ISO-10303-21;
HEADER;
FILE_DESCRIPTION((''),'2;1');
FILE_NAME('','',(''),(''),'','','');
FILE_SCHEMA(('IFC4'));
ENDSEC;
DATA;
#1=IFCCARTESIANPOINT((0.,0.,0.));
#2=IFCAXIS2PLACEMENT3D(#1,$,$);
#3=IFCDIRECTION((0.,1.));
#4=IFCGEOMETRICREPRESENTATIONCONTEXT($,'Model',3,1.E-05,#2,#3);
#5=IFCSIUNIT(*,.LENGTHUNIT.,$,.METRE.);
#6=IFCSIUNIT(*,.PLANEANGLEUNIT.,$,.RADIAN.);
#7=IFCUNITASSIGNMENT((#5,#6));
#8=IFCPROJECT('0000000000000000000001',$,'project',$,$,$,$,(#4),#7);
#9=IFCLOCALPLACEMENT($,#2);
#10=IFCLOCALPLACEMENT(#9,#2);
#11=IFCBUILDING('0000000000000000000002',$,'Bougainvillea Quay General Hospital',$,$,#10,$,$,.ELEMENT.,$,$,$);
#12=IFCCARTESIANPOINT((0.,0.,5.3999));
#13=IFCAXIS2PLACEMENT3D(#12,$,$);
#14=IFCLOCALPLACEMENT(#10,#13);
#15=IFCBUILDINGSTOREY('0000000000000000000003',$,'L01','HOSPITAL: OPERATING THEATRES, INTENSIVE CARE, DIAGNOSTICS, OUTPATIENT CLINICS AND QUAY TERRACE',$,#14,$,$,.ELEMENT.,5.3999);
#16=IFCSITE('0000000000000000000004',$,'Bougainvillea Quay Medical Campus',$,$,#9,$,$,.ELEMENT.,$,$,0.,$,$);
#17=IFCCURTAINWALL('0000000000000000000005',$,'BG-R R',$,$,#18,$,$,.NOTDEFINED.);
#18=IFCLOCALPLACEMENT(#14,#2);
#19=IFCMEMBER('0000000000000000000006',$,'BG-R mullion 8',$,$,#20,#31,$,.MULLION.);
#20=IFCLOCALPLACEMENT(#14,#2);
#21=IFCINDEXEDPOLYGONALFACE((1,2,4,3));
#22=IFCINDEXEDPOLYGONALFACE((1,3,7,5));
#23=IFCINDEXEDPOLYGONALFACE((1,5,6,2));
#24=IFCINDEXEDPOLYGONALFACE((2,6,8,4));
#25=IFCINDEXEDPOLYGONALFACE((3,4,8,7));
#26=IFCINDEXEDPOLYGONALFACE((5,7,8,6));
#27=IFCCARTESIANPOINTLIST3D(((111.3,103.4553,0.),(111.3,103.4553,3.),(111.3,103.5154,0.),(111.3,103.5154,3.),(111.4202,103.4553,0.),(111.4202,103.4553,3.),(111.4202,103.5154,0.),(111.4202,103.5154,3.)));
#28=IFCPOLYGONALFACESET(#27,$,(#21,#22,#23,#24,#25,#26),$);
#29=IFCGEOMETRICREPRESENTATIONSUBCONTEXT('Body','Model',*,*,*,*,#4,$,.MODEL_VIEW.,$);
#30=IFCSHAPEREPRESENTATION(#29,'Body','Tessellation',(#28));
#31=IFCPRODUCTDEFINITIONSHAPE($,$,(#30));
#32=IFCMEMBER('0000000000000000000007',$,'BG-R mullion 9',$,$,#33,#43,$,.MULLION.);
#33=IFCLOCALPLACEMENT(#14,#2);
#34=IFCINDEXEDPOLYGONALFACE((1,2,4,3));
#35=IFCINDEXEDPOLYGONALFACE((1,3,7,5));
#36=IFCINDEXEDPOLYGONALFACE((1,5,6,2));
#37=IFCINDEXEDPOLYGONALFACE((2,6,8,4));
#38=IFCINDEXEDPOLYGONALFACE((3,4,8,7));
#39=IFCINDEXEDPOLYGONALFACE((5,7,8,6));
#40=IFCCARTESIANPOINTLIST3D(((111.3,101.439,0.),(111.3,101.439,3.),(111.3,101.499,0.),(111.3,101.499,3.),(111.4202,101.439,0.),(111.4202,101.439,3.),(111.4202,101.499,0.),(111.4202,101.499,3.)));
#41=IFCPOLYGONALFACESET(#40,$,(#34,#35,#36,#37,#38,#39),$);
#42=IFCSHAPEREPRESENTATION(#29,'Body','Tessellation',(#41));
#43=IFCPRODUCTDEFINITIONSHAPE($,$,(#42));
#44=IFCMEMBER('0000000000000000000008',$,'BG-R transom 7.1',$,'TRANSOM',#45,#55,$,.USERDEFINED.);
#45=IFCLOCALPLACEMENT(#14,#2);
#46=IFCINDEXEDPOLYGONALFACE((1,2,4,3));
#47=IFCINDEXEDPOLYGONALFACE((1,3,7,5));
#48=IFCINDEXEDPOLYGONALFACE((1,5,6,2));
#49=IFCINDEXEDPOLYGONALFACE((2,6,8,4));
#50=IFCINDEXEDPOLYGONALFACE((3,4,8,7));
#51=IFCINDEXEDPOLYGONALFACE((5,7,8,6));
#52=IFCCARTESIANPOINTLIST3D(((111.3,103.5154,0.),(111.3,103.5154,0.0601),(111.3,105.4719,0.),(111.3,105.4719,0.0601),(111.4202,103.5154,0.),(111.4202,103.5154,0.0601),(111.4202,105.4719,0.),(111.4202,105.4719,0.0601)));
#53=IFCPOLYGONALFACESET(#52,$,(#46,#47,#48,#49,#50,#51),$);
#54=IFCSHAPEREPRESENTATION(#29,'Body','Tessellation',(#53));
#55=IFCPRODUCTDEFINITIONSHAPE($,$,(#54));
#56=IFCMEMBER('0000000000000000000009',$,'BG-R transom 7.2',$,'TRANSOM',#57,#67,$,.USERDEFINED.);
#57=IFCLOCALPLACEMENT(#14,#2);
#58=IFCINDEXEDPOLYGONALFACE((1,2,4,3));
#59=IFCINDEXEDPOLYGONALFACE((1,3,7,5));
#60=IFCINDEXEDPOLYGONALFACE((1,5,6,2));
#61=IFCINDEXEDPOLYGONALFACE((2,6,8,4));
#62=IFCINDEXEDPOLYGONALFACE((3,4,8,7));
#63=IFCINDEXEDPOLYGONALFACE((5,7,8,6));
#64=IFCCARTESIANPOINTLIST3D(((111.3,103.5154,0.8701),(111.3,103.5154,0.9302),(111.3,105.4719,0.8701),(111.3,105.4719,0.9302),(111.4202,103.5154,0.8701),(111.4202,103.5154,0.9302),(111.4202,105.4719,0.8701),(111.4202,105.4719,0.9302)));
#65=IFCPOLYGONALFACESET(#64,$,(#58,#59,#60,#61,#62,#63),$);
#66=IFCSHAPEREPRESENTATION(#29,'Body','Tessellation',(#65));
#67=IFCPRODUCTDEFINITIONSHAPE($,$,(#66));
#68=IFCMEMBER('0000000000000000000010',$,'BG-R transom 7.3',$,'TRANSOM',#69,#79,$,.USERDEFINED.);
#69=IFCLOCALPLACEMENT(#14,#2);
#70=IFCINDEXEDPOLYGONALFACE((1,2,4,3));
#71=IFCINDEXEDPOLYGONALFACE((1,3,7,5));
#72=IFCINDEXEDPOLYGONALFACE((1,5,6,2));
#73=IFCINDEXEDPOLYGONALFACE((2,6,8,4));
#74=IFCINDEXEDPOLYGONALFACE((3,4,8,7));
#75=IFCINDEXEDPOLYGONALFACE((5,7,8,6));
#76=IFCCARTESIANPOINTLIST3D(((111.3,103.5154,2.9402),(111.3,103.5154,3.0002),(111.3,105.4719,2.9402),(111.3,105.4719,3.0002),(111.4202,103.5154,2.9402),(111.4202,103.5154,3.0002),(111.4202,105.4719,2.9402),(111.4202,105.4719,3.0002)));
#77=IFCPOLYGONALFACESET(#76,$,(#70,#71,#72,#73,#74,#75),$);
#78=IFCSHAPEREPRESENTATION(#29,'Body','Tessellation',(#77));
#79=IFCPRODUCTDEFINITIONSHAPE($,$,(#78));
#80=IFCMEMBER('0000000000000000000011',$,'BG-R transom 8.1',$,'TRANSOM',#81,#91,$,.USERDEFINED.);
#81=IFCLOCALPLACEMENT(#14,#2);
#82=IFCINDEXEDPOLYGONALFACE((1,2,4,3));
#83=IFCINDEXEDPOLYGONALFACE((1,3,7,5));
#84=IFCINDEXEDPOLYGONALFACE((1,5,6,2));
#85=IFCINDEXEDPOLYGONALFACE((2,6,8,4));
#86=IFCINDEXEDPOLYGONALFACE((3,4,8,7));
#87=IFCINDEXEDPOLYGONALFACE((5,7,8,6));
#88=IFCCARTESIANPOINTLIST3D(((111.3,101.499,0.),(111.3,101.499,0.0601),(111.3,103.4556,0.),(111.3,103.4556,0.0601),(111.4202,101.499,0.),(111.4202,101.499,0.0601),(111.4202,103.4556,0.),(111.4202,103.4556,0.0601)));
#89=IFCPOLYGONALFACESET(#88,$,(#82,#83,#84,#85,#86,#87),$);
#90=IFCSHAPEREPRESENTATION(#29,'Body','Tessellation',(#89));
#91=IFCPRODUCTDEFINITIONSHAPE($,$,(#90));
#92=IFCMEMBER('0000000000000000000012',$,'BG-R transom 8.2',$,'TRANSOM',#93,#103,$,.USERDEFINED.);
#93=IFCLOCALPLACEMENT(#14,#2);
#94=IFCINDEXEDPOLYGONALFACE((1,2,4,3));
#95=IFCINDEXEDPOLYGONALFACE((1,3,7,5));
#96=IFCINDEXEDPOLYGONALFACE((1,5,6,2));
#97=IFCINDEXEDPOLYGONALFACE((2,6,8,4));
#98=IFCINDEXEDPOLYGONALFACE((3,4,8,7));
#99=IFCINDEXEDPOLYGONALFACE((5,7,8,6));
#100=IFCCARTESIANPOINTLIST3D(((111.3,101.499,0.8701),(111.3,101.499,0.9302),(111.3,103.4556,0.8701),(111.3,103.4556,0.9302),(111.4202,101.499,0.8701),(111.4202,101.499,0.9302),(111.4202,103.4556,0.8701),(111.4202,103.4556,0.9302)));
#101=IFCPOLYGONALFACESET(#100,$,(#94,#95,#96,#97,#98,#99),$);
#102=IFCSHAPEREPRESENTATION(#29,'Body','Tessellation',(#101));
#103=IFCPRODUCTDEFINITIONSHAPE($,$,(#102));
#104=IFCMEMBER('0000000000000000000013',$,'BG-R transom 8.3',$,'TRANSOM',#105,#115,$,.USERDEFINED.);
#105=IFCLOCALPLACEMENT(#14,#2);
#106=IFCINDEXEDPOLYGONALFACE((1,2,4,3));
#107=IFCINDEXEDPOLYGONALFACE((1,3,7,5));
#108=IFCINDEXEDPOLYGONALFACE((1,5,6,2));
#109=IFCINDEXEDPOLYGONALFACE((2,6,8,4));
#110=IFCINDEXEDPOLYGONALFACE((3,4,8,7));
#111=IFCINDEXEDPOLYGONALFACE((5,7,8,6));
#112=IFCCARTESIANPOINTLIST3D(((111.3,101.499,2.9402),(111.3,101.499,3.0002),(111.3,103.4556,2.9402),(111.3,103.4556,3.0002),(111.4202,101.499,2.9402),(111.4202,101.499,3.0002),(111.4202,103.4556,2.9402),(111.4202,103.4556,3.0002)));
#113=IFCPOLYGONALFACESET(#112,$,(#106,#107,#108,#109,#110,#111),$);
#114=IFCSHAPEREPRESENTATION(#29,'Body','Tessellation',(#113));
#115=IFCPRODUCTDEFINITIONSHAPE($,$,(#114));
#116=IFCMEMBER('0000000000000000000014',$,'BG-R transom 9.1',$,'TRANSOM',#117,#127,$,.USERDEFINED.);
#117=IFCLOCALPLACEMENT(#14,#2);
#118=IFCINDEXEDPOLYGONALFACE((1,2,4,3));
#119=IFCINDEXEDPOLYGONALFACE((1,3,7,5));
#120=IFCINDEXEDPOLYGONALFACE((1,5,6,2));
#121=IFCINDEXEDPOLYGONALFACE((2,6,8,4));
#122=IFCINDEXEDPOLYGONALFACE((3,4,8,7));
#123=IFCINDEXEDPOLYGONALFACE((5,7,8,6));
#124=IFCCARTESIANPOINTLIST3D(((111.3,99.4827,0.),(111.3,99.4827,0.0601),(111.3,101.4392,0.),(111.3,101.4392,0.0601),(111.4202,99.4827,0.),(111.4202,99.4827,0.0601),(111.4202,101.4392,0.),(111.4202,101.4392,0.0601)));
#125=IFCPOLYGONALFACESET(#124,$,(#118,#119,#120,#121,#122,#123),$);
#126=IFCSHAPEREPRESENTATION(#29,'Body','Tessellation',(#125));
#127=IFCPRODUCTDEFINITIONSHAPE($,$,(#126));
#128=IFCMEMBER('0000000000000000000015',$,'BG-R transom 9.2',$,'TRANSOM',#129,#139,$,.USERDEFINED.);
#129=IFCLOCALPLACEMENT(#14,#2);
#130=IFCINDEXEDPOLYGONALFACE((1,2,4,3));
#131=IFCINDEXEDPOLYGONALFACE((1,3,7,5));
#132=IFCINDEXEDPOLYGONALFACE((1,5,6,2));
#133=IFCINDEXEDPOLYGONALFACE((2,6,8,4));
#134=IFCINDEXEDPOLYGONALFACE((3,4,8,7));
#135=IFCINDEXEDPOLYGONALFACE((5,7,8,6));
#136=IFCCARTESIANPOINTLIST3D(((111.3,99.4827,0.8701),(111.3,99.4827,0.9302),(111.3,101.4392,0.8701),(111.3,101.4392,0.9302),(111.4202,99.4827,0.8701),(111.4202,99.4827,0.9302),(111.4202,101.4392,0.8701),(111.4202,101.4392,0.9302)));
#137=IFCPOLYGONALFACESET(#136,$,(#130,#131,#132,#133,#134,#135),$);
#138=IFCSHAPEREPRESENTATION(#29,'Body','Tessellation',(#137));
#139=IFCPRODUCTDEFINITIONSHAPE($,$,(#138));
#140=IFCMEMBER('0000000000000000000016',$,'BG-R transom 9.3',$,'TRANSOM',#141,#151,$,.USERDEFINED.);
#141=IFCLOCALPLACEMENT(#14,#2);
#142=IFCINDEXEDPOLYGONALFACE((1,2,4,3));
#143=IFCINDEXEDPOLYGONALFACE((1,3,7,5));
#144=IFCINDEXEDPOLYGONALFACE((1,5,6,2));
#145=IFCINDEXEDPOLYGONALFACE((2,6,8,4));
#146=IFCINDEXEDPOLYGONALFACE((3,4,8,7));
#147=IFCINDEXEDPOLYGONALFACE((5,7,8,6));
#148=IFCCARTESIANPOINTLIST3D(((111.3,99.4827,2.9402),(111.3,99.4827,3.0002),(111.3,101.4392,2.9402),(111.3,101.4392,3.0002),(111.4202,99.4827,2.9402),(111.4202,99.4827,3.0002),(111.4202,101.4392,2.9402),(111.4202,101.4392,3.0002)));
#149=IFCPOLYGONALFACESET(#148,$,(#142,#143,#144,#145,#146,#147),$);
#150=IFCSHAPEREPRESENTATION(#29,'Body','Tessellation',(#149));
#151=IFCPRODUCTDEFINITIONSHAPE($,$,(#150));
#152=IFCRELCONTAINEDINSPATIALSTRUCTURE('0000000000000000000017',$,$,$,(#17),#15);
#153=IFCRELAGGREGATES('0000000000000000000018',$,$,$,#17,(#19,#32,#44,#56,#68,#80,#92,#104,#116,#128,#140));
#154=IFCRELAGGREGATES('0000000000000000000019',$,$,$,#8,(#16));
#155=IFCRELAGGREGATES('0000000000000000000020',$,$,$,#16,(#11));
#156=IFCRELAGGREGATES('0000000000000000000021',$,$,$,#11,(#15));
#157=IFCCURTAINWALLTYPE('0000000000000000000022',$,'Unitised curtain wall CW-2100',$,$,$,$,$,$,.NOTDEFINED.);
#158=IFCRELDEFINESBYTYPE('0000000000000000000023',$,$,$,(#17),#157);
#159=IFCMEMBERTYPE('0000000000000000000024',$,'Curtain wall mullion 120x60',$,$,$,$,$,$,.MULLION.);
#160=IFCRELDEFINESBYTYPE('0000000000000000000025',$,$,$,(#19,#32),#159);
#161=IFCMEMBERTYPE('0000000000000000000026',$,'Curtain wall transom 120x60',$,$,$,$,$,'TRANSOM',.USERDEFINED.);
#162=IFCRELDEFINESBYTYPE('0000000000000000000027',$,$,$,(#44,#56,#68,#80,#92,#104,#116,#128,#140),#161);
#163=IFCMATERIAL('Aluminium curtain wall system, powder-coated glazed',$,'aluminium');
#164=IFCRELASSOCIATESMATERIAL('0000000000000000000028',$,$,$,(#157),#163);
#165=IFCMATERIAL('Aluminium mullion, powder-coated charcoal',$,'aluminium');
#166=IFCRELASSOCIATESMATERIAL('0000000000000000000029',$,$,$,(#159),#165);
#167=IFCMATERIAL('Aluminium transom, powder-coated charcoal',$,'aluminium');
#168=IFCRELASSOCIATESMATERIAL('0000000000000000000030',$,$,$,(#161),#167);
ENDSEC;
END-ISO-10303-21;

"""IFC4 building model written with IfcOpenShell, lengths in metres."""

from ifc_helpers import new_model, si_unit, direction, frame, origin, origin_2d, place, context, subcontext, project, spatial, rectangle, extrude, material, material_profile, profile_set, type_object, element, aggregate, save


model = new_model("IFC4")

# Units and contexts
model_context = context("Model", 3, precision=1e-05, world=origin(), true_north=direction((0.0, 1.0)))
body_context = subcontext(model_context, "Body", "Model", "MODEL_VIEW")
ifc_project = project(units=[si_unit("LENGTHUNIT", "METRE"), si_unit("PLANEANGLEUNIT", "RADIAN")], contexts=[model_context])

# Site, building, storey
site_placement = place(None, origin())
site = spatial("IfcSite", under=ifc_project, at=site_placement, Name="Bougainvillea Quay Medical Campus", CompositionType="ELEMENT", RefElevation=0.0)
building_placement = place(site_placement, origin())
building = spatial("IfcBuilding", under=site, at=building_placement, Name="Bougainvillea Quay General Hospital", CompositionType="ELEMENT")
storey_placement = place(building_placement, frame((0.0, 0.0, 5.3999)))
storey = spatial("IfcBuildingStorey", under=building, at=storey_placement, Name="L01", Description="HOSPITAL: OPERATING THEATRES, INTENSIVE CARE, DIAGNOSTICS, OUTPATIENT CLINICS AND QUAY TERRACE", CompositionType="ELEMENT", Elevation=5.3999)

# Curtain wall, members
ifc_material_1 = material(Name="Aluminium curtain wall system, powder-coated glazed", Category="aluminium")
curtain_wall_type = type_object("IfcCurtainWallType", Name="Unitised curtain wall CW-2100", PredefinedType="NOTDEFINED", material=ifc_material_1)
curtain_wall_placement = place(storey_placement, origin())
curtain_wall = element("IfcCurtainWall", 1, at=curtain_wall_placement, inside=storey, type_object=curtain_wall_type, Name="BG-R R", PredefinedType="NOTDEFINED")
ifc_material_2 = material(Name="Aluminium mullion, powder-coated charcoal", Category="aluminium")
ifc_material_profile_1 = material_profile(ifc_material_2, rectangle(XDim=0.1201, YDim=0.0601, at=origin_2d()))
ifc_profile_set_1 = profile_set([ifc_material_profile_1], Name="Aluminium mullion, powder-coated charcoal")
member_type_1 = type_object("IfcMemberType", Name="Curtain wall mullion 120x60", PredefinedType="MULLION", material=ifc_profile_set_1)
member_1_placement = place(storey_placement, frame((111.3601, 103.4854, 0.0), z_axis=(0.0, 0.0, 1.0), x_axis=(1.0, 0.0, 0.0)))
member_1 = element("IfcMember", 2, at=member_1_placement, type_object=member_type_1, Name="BG-R mullion 8", PredefinedType="MULLION", context=body_context, shape_type="SweptSolid", body=[
    extrude(rectangle(XDim=0.1201, YDim=0.0601, at=origin_2d()), origin(), (0.0, 0.0, 1.0), 3.0),
])
member_2_placement = place(storey_placement, frame((111.3601, 101.469, 0.0), z_axis=(0.0, 0.0, 1.0), x_axis=(1.0, 0.0, 0.0)))
member_2 = element("IfcMember", 3, at=member_2_placement, type_object=member_type_1, Name="BG-R mullion 9", PredefinedType="MULLION", context=body_context, shape_type="SweptSolid", body=[
    extrude(rectangle(XDim=0.1201, YDim=0.0601, at=origin_2d()), origin(), (0.0, 0.0, 1.0), 3.0),
])
ifc_material_3 = material(Name="Aluminium transom, powder-coated charcoal", Category="aluminium")
ifc_material_profile_2 = material_profile(ifc_material_3, rectangle(XDim=0.1201, YDim=0.0601, at=origin_2d()))
ifc_profile_set_2 = profile_set([ifc_material_profile_2], Name="Aluminium transom, powder-coated charcoal")
member_type_2 = type_object("IfcMemberType", Name="Curtain wall transom 120x60", ElementType="TRANSOM", PredefinedType="USERDEFINED", material=ifc_profile_set_2)
member_3_placement = place(storey_placement, frame((111.3601, 105.4719, 0.03), z_axis=(0.0, -1.0, 0.0), x_axis=(1.0, 0.0, 0.0)))
member_3 = element("IfcMember", 4, at=member_3_placement, type_object=member_type_2, Name="BG-R transom 7.1", ObjectType="TRANSOM", PredefinedType="USERDEFINED", context=body_context, shape_type="SweptSolid", body=[
    extrude(rectangle(XDim=0.1201, YDim=0.0601, at=origin_2d()), origin(), (0.0, 0.0, 1.0), 1.9565),
])
member_4_placement = place(storey_placement, frame((111.3601, 105.4719, 0.9001), z_axis=(0.0, -1.0, 0.0), x_axis=(1.0, 0.0, 0.0)))
member_4 = element("IfcMember", 5, at=member_4_placement, type_object=member_type_2, Name="BG-R transom 7.2", ObjectType="TRANSOM", PredefinedType="USERDEFINED", context=body_context, shape_type="SweptSolid", body=[
    extrude(rectangle(XDim=0.1201, YDim=0.0601, at=origin_2d()), origin(), (0.0, 0.0, 1.0), 1.9565),
])
member_5_placement = place(storey_placement, frame((111.3601, 105.4719, 2.9702), z_axis=(0.0, -1.0, 0.0), x_axis=(1.0, 0.0, 0.0)))
member_5 = element("IfcMember", 6, at=member_5_placement, type_object=member_type_2, Name="BG-R transom 7.3", ObjectType="TRANSOM", PredefinedType="USERDEFINED", context=body_context, shape_type="SweptSolid", body=[
    extrude(rectangle(XDim=0.1201, YDim=0.0601, at=origin_2d()), origin(), (0.0, 0.0, 1.0), 1.9565),
])
member_6_placement = place(storey_placement, frame((111.3601, 103.4556, 0.03), z_axis=(0.0, -1.0, 0.0), x_axis=(1.0, 0.0, 0.0)))
member_6 = element("IfcMember", 7, at=member_6_placement, type_object=member_type_2, Name="BG-R transom 8.1", ObjectType="TRANSOM", PredefinedType="USERDEFINED", context=body_context, shape_type="SweptSolid", body=[
    extrude(rectangle(XDim=0.1201, YDim=0.0601, at=origin_2d()), origin(), (0.0, 0.0, 1.0), 1.9565),
])
member_7_placement = place(storey_placement, frame((111.3601, 103.4556, 0.9001), z_axis=(0.0, -1.0, 0.0), x_axis=(1.0, 0.0, 0.0)))
member_7 = element("IfcMember", 8, at=member_7_placement, type_object=member_type_2, Name="BG-R transom 8.2", ObjectType="TRANSOM", PredefinedType="USERDEFINED", context=body_context, shape_type="SweptSolid", body=[
    extrude(rectangle(XDim=0.1201, YDim=0.0601, at=origin_2d()), origin(), (0.0, 0.0, 1.0), 1.9565),
])
member_8_placement = place(storey_placement, frame((111.3601, 103.4556, 2.9702), z_axis=(0.0, -1.0, 0.0), x_axis=(1.0, 0.0, 0.0)))
member_8 = element("IfcMember", 9, at=member_8_placement, type_object=member_type_2, Name="BG-R transom 8.3", ObjectType="TRANSOM", PredefinedType="USERDEFINED", context=body_context, shape_type="SweptSolid", body=[
    extrude(rectangle(XDim=0.1201, YDim=0.0601, at=origin_2d()), origin(), (0.0, 0.0, 1.0), 1.9565),
])
member_9_placement = place(storey_placement, frame((111.3601, 101.4392, 0.03), z_axis=(0.0, -1.0, 0.0), x_axis=(1.0, 0.0, 0.0)))
member_9 = element("IfcMember", 10, at=member_9_placement, type_object=member_type_2, Name="BG-R transom 9.1", ObjectType="TRANSOM", PredefinedType="USERDEFINED", context=body_context, shape_type="SweptSolid", body=[
    extrude(rectangle(XDim=0.1201, YDim=0.0601, at=origin_2d()), origin(), (0.0, 0.0, 1.0), 1.9565),
])
member_10_placement = place(storey_placement, frame((111.3601, 101.4392, 0.9001), z_axis=(0.0, -1.0, 0.0), x_axis=(1.0, 0.0, 0.0)))
member_10 = element("IfcMember", 11, at=member_10_placement, type_object=member_type_2, Name="BG-R transom 9.2", ObjectType="TRANSOM", PredefinedType="USERDEFINED", context=body_context, shape_type="SweptSolid", body=[
    extrude(rectangle(XDim=0.1201, YDim=0.0601, at=origin_2d()), origin(), (0.0, 0.0, 1.0), 1.9565),
])
member_11_placement = place(storey_placement, frame((111.3601, 101.4392, 2.9702), z_axis=(0.0, -1.0, 0.0), x_axis=(1.0, 0.0, 0.0)))
member_11 = element("IfcMember", 12, at=member_11_placement, type_object=member_type_2, Name="BG-R transom 9.3", ObjectType="TRANSOM", PredefinedType="USERDEFINED", context=body_context, shape_type="SweptSolid", body=[
    extrude(rectangle(XDim=0.1201, YDim=0.0601, at=origin_2d()), origin(), (0.0, 0.0, 1.0), 1.9565),
])

aggregate(curtain_wall, [member_1, member_2, member_3, member_4, member_5, member_6, member_7, member_8, member_9, member_10, member_11])

save(model, "model.ifc")
